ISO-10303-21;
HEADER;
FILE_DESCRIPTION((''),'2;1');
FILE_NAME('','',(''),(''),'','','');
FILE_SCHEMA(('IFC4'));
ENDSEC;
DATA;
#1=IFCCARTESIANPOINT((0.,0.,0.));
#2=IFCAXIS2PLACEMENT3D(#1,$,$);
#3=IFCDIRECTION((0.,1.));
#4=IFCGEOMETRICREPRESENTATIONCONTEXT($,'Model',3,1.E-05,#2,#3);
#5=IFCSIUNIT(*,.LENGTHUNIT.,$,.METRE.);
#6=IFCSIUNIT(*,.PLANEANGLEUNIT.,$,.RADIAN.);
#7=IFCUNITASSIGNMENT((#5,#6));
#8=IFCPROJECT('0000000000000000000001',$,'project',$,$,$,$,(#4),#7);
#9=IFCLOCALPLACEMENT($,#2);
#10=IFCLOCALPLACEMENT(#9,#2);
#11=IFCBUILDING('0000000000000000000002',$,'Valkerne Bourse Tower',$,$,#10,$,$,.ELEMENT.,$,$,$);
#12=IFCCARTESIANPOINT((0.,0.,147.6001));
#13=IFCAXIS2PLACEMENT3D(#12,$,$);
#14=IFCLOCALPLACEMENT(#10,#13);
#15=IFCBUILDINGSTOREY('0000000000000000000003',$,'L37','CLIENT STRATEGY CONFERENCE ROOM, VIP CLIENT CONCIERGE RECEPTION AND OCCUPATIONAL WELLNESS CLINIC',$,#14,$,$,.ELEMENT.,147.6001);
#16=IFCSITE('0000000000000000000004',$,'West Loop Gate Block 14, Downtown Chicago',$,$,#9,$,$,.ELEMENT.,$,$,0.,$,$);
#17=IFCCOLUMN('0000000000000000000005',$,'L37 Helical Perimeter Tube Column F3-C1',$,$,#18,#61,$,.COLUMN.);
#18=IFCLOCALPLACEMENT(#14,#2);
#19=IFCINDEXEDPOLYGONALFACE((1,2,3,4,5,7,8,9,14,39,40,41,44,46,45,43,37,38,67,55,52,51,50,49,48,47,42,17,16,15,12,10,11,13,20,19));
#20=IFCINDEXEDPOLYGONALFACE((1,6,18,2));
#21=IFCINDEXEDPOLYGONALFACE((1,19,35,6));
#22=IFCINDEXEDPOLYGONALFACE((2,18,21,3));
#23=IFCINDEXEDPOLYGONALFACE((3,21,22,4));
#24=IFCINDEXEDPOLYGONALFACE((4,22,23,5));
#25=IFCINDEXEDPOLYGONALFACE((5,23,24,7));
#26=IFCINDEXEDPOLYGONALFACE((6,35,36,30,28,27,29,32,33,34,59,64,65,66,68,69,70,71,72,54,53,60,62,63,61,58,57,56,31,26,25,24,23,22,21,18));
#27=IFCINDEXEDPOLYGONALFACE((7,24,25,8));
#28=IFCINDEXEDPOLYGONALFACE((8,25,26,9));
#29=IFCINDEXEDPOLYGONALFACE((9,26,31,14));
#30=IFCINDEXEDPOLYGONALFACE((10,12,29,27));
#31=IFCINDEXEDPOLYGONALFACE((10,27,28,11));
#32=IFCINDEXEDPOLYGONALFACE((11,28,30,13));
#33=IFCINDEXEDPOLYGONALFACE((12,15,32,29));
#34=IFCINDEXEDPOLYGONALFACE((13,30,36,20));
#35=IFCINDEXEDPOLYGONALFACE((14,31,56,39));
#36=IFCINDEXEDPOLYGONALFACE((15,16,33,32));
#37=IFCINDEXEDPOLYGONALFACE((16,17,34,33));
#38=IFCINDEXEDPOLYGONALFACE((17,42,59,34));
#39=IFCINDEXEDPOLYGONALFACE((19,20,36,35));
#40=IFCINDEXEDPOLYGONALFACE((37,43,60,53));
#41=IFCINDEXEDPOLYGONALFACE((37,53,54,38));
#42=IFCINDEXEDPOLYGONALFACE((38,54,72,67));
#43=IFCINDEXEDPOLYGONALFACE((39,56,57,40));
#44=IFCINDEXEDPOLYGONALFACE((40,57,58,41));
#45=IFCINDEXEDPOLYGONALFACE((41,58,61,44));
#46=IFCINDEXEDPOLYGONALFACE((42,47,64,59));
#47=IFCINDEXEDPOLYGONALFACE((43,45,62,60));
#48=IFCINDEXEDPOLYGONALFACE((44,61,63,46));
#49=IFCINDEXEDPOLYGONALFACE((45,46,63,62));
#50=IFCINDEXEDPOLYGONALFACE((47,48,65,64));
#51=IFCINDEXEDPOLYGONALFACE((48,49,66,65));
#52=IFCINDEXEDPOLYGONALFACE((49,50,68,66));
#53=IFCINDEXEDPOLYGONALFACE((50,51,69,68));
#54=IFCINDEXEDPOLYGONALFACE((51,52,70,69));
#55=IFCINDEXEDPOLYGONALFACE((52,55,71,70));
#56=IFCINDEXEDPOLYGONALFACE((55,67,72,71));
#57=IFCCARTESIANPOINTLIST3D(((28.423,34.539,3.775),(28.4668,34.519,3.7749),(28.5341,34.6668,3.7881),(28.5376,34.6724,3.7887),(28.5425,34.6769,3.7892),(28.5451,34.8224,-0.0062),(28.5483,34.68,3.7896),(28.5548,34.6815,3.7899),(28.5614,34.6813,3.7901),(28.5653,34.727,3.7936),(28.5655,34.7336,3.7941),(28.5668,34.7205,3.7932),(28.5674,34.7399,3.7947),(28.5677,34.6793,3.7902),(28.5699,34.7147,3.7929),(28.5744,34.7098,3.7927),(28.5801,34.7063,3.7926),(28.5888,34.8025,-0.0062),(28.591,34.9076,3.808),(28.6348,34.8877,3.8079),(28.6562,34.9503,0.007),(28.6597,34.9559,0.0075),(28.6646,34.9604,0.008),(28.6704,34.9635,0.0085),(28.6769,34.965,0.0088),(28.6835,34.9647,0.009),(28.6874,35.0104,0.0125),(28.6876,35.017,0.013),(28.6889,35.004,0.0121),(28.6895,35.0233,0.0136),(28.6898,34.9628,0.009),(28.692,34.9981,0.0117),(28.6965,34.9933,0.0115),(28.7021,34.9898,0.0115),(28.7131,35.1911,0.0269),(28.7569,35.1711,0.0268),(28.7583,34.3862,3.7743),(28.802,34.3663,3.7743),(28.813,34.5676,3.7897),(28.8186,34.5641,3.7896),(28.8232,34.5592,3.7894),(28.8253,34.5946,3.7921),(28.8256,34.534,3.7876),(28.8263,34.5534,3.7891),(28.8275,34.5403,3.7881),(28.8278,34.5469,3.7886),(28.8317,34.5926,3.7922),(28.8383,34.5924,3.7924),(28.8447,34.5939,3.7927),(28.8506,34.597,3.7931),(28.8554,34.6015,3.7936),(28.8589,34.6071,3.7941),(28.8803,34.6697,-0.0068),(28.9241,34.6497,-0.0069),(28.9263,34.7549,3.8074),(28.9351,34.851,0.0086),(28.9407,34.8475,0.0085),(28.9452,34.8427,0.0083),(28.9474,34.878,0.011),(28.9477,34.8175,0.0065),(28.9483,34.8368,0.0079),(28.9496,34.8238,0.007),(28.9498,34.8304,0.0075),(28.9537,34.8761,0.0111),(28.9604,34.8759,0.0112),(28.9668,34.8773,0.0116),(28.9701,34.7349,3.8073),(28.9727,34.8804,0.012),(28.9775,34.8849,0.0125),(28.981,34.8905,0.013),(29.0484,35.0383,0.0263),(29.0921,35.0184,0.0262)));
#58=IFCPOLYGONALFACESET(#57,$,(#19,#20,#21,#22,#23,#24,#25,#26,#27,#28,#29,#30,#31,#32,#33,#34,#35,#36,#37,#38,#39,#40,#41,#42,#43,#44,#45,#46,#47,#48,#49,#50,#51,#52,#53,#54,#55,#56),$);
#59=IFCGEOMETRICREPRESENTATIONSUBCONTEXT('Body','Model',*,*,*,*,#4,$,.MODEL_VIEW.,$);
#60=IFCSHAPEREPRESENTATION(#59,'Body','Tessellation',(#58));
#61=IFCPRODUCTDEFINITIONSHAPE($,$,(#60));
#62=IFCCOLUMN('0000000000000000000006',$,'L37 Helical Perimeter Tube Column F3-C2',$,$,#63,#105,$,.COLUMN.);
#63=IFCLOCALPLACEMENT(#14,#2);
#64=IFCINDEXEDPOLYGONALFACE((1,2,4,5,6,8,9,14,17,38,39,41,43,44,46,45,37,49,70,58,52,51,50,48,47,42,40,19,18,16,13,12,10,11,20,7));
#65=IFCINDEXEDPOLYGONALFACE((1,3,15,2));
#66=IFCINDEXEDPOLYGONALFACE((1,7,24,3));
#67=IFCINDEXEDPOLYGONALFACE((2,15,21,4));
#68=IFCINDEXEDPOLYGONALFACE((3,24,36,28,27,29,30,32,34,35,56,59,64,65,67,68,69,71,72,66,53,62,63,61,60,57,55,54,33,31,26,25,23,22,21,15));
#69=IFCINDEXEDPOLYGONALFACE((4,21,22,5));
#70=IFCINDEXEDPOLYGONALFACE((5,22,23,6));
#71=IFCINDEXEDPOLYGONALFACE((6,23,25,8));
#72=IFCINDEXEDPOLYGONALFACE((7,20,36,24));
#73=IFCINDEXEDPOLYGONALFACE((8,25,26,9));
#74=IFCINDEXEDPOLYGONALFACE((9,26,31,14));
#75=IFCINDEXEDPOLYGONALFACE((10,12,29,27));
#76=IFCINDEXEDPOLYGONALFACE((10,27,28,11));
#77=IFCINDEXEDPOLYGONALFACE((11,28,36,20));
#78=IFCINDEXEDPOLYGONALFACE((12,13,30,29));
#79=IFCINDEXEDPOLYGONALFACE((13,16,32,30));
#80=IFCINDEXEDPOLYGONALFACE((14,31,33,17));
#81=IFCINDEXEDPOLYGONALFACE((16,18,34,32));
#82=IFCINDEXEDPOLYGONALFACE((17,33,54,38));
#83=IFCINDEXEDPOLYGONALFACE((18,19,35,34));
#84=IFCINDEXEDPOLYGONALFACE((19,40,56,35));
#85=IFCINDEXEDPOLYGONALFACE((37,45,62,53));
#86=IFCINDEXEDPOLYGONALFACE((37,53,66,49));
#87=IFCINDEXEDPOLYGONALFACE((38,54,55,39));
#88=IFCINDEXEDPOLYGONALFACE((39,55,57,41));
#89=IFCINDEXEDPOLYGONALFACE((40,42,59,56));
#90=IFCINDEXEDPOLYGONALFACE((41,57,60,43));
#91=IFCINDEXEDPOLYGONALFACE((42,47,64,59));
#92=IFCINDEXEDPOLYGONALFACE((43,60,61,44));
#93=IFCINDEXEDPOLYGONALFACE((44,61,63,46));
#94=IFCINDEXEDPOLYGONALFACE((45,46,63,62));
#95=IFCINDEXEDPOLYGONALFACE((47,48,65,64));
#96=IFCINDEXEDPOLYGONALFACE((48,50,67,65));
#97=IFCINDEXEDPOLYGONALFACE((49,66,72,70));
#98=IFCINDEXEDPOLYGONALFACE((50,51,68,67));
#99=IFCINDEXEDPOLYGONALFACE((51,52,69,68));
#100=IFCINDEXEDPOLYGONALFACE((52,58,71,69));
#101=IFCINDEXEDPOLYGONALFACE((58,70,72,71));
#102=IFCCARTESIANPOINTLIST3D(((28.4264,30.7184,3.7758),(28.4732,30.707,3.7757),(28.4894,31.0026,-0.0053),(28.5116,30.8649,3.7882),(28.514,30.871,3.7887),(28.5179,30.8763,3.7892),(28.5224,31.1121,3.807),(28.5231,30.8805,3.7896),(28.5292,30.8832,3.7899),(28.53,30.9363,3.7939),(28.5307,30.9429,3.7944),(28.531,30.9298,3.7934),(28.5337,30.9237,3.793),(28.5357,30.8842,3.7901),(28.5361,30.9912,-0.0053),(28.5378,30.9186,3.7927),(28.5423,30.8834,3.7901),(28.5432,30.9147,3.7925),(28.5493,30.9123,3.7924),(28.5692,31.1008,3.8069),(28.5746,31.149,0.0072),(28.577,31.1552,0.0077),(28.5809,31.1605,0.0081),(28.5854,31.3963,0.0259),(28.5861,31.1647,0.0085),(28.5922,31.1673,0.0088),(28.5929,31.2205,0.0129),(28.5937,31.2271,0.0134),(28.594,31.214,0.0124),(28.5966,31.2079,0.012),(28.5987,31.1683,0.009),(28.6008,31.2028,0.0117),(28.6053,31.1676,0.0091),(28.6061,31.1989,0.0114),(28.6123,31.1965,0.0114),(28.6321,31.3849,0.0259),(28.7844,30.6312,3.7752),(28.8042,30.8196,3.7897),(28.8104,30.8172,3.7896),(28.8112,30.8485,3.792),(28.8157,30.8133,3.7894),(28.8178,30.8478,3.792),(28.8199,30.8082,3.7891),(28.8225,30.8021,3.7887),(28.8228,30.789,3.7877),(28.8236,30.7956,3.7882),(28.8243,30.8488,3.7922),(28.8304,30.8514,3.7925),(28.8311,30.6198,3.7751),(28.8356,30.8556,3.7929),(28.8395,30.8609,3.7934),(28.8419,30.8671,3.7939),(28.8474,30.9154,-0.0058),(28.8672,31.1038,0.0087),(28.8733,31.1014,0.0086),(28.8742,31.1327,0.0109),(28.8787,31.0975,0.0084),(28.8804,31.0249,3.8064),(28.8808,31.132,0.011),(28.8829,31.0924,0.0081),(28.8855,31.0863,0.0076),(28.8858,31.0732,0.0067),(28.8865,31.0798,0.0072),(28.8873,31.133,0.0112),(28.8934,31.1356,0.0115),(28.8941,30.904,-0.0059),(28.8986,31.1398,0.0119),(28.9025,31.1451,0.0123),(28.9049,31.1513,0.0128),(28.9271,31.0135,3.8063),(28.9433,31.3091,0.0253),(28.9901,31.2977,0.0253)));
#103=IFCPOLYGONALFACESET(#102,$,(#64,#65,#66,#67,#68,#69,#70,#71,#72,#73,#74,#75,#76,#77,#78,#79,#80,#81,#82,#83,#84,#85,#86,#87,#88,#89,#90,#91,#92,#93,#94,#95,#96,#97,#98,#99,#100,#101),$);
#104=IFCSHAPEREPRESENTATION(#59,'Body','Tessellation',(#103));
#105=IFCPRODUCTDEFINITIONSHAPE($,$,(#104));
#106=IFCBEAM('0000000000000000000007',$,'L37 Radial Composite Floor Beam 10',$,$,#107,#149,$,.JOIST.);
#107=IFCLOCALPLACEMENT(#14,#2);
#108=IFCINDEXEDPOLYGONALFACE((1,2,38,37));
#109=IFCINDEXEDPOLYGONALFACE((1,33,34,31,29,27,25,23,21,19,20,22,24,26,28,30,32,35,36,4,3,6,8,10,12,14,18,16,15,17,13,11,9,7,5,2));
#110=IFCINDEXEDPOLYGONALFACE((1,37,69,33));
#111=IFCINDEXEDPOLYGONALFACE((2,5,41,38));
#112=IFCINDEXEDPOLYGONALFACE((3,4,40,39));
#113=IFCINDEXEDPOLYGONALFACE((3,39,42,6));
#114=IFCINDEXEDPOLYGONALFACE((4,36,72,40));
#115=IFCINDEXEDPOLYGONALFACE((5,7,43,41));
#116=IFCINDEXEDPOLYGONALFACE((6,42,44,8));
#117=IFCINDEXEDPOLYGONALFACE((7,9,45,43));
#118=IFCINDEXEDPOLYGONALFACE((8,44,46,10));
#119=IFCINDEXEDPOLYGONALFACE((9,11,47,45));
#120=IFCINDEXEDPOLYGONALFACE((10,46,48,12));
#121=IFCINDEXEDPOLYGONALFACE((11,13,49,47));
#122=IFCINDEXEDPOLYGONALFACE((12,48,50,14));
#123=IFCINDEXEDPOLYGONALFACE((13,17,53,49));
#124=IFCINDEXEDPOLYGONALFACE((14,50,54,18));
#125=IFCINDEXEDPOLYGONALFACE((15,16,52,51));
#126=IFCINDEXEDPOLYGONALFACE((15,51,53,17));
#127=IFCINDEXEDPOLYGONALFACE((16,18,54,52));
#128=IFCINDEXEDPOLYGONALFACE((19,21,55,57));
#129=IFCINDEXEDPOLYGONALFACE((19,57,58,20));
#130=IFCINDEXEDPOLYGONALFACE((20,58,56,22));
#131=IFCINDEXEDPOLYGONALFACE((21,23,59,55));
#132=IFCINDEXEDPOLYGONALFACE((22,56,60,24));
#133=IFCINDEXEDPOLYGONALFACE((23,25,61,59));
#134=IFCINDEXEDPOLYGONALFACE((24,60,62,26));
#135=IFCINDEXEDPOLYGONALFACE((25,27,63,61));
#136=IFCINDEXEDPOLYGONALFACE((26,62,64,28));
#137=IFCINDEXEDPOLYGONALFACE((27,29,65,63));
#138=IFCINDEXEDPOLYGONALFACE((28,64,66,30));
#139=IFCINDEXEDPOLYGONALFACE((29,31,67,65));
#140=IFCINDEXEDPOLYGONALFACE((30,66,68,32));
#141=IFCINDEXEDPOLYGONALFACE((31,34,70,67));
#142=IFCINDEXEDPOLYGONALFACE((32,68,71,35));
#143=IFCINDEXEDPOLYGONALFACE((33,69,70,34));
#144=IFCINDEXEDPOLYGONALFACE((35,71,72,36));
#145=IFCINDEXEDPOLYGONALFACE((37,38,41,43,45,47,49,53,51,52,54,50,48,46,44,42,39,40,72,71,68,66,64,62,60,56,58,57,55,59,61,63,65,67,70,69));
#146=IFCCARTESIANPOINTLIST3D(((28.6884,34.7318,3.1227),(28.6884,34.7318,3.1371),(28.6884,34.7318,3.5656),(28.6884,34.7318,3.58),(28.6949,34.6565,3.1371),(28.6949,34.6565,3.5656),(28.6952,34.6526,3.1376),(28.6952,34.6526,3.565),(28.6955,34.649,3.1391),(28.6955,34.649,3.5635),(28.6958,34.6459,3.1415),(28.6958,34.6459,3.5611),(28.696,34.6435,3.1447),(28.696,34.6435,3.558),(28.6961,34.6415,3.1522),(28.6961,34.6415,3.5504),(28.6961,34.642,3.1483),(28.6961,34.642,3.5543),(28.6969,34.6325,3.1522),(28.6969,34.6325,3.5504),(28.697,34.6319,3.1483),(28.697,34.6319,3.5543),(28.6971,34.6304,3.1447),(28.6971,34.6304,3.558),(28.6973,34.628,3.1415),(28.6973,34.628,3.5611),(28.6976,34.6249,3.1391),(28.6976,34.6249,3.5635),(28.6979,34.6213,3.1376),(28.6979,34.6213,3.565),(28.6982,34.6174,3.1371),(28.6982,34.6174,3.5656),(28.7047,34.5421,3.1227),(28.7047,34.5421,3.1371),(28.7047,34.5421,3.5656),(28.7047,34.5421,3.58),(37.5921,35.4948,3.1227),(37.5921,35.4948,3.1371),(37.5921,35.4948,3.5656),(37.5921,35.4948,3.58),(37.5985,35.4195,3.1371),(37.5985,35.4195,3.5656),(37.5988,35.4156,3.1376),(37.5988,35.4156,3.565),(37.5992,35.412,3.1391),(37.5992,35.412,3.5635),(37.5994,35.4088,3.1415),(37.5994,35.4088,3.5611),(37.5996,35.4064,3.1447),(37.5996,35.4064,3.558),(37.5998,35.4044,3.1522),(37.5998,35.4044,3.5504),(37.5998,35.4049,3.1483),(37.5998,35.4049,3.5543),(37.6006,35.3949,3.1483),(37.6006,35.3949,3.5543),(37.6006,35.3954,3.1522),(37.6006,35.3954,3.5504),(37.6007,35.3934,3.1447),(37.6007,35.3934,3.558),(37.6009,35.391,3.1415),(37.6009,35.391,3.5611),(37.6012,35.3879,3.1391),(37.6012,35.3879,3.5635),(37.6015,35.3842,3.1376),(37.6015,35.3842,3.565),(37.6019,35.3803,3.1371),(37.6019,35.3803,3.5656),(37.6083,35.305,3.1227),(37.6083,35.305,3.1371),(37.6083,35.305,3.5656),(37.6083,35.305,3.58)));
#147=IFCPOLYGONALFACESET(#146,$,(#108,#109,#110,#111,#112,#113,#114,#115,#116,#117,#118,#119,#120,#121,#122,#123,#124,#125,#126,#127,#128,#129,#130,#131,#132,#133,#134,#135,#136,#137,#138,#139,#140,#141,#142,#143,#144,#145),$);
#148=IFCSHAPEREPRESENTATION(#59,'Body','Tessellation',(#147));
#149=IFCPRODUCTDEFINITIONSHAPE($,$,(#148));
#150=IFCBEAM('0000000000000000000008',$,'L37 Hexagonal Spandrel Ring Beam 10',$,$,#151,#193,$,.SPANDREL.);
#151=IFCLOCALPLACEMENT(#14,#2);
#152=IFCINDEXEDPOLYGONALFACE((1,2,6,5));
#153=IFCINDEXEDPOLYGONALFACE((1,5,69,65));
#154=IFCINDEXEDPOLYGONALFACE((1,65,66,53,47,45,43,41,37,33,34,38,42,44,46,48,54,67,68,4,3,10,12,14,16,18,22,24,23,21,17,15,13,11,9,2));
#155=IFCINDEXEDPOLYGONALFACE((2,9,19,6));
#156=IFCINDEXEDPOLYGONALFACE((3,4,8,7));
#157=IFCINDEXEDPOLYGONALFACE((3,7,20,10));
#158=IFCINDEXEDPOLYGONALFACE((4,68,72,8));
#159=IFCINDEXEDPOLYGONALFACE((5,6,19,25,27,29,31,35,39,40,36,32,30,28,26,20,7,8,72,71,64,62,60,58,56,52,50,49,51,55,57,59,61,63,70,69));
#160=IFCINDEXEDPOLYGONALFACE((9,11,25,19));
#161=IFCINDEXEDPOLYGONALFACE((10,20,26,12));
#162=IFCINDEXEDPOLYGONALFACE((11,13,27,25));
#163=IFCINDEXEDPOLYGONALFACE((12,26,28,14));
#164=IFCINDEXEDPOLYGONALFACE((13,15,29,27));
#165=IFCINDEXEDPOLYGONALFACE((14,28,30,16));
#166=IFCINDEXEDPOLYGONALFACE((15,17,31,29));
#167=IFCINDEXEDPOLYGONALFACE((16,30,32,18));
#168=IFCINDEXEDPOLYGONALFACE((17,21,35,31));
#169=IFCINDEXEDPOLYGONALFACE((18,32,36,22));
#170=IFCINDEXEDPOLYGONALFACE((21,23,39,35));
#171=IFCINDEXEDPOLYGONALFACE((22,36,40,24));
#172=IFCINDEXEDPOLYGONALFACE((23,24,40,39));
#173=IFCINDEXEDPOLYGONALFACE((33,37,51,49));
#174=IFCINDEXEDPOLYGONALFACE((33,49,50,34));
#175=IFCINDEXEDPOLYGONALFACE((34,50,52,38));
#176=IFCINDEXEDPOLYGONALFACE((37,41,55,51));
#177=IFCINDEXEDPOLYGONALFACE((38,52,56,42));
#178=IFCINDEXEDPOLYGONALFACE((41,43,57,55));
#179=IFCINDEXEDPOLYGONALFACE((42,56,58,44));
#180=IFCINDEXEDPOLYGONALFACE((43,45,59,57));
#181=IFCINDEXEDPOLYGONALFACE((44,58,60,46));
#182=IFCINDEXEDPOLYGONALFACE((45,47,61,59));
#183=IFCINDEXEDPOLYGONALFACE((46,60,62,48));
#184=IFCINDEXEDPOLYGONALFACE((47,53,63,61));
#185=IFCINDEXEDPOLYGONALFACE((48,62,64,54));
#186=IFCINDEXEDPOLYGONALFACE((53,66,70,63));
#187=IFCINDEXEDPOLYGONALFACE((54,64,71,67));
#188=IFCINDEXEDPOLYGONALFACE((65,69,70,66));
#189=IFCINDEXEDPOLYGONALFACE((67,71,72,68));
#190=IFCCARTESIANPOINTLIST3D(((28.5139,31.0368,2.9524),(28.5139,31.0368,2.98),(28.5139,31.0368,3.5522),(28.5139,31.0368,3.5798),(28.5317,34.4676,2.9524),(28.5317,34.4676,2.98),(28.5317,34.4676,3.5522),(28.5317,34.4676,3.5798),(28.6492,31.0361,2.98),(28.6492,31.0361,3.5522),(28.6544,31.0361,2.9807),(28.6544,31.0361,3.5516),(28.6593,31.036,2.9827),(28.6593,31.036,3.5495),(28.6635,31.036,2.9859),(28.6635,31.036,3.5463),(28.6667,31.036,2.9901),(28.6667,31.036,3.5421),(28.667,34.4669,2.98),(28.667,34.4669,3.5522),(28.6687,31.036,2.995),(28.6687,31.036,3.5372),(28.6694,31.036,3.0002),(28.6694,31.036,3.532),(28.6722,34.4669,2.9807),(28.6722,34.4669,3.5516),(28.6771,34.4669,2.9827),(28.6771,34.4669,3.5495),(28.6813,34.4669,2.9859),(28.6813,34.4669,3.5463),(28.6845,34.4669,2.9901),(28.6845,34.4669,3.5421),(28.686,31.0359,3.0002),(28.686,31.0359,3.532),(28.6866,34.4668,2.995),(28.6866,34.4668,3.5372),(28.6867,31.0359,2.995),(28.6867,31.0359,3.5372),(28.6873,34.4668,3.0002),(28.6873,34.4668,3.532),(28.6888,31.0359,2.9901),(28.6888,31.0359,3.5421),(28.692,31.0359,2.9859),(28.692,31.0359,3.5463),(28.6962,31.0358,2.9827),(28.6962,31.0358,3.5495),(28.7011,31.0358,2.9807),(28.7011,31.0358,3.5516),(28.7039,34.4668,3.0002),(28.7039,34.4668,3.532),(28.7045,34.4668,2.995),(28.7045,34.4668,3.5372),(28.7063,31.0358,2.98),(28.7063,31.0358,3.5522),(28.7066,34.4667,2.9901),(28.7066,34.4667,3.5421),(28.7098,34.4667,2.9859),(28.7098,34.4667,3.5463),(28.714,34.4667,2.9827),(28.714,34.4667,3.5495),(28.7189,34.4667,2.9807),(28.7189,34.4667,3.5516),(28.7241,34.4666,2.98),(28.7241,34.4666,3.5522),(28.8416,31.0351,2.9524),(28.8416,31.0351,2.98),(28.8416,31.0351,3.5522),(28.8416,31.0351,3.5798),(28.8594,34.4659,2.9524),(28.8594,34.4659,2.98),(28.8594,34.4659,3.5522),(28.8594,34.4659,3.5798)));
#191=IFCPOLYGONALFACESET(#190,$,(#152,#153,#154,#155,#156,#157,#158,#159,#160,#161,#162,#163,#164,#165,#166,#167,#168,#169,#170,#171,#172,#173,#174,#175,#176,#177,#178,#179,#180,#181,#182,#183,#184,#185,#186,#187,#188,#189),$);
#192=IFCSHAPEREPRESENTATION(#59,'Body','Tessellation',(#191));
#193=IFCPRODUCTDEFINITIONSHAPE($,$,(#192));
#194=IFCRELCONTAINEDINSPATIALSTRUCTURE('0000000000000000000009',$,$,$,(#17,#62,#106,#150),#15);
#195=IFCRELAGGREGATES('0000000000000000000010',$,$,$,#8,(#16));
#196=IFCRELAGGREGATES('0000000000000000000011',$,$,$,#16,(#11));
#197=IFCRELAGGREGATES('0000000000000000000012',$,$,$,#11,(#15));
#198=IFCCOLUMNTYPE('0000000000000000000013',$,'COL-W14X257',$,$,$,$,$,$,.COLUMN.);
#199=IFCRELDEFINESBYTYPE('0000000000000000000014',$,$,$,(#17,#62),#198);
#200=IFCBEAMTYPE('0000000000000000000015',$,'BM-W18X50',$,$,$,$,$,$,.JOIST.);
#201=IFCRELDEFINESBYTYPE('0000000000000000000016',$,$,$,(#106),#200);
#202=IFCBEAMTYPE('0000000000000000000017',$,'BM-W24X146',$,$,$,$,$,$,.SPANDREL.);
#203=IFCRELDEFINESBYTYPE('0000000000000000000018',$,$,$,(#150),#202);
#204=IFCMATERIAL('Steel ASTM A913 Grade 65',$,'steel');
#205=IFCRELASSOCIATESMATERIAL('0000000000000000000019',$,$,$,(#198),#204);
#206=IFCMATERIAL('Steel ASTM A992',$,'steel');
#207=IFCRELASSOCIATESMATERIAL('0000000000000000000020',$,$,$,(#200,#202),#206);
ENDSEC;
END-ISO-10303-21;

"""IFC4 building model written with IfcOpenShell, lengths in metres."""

from ifc_helpers import new_model, si_unit, direction, frame, origin, origin_2d, place, context, subcontext, project, spatial, i_section, extrude, material, material_profile, profile_set, type_object, element, save


model = new_model("IFC4")

# Units and contexts
model_context = context("Model", 3, precision=1e-05, world=origin(), true_north=direction((0.0, 1.0)))
body_context = subcontext(model_context, "Body", "Model", "MODEL_VIEW")
ifc_project = project(units=[si_unit("LENGTHUNIT", "METRE"), si_unit("PLANEANGLEUNIT", "RADIAN")], contexts=[model_context])

# Site, building, storey
site_placement = place(None, origin())
site = spatial("IfcSite", under=ifc_project, at=site_placement, Name="West Loop Gate Block 14, Downtown Chicago", CompositionType="ELEMENT", RefElevation=0.0)
building_placement = place(site_placement, origin())
building = spatial("IfcBuilding", under=site, at=building_placement, Name="Valkerne Bourse Tower", CompositionType="ELEMENT")
storey_placement = place(building_placement, frame((0.0, 0.0, 147.6001)))
storey = spatial("IfcBuildingStorey", under=building, at=storey_placement, Name="L37", Description="CLIENT STRATEGY CONFERENCE ROOM, VIP CLIENT CONCIERGE RECEPTION AND OCCUPATIONAL WELLNESS CLINIC", CompositionType="ELEMENT", Elevation=147.6001)

# Columns
ifc_material_1 = material(Name="Steel ASTM A913 Grade 65", Category="steel")
ifc_material_profile_1 = material_profile(ifc_material_1, i_section(OverallWidth=0.4065, OverallDepth=0.4165, WebThickness=0.0298, FlangeThickness=0.0481, FilletRadius=0.0254, at=origin_2d()), Name="W14X257")
ifc_profile_set_1 = profile_set([ifc_material_profile_1], Name="Steel ASTM A913 Grade 65")
column_type = type_object("IfcColumnType", Name="COL-W14X257", PredefinedType="COLUMN", material=ifc_profile_set_1)
column_1_placement = place(storey_placement, frame((28.8186, 34.9204, 0.01), z_axis=(-0.032178, -0.074718, 0.996685), x_axis=(-0.413379, -0.906919, -0.081334)))
element("IfcColumn", 1, at=column_1_placement, inside=storey, type_object=column_type, Name="L37 Helical Perimeter Tube Column F3-C1", PredefinedType="COLUMN", context=body_context, shape_type="SweptSolid", body=[
    extrude(i_section(OverallWidth=0.4065, OverallDepth=0.4165, WebThickness=0.0298, FlangeThickness=0.0481, FilletRadius=0.0254, at=origin_2d()), origin(), (0.0, 0.0, 1.0), 3.7937),
])
column_2_placement = place(storey_placement, frame((28.7397, 31.1501, 0.01), z_axis=(-0.01661, -0.074938, 0.99705), x_axis=(-0.236158, -0.96868, -0.07674)))
element("IfcColumn", 2, at=column_2_placement, inside=storey, type_object=column_type, Name="L37 Helical Perimeter Tube Column F3-C2", PredefinedType="COLUMN", context=body_context, shape_type="SweptSolid", body=[
    extrude(i_section(OverallWidth=0.4065, OverallDepth=0.4165, WebThickness=0.0298, FlangeThickness=0.0481, FilletRadius=0.0254, at=origin_2d()), origin(), (0.0, 0.0, 1.0), 3.7922),
])

# Beams
ifc_material_2 = material(Name="Steel ASTM A992", Category="steel")
ifc_material_profile_2 = material_profile(ifc_material_2, i_section(OverallWidth=0.1904, OverallDepth=0.4573, WebThickness=0.009, FlangeThickness=0.0144, FilletRadius=0.0151, at=origin_2d()), Name="W18X50")
ifc_profile_set_2 = profile_set([ifc_material_profile_2], Name="Steel ASTM A992")
beam_type_1 = type_object("IfcBeamType", Name="BM-W18X50", PredefinedType="JOIST", material=ifc_profile_set_2)
beam_placement = place(storey_placement, frame((28.6965, 34.637, 3.3513), z_axis=(0.996349, 0.085376, 0.0), x_axis=(-0.085376, 0.996349, 0.0)))
element("IfcBeam", 3, at=beam_placement, inside=storey, type_object=beam_type_1, Name="L37 Radial Composite Floor Beam 10", PredefinedType="JOIST", context=body_context, shape_type="SweptSolid", body=[
    extrude(i_section(OverallWidth=0.1904, OverallDepth=0.4573, WebThickness=0.009, FlangeThickness=0.0144, FilletRadius=0.0151, at=origin_2d()), origin(), (0.0, 0.0, 1.0), 8.9363),
])
ifc_material_profile_3 = material_profile(ifc_material_2, i_section(OverallWidth=0.3276, OverallDepth=0.6274, WebThickness=0.0166, FlangeThickness=0.0276, FilletRadius=0.0203, at=origin_2d()), Name="W24X146")
ifc_profile_set_3 = profile_set([ifc_material_profile_3], Name="Steel ASTM A992")
beam_type_2 = type_object("IfcBeamType", Name="BM-W24X146", PredefinedType="SPANDREL", material=ifc_profile_set_3)
for number, where, z_axis, x_axis, name in (
    (4, (28.6956, 34.4668, 3.2661), (-0.005195, -0.999987, 0.0), (0.999987, -0.005195, 0.0), "L37 Hexagonal Spandrel Ring Beam 10"),
):
    element("IfcBeam", number, at=place(storey_placement, frame(where, z_axis=z_axis, x_axis=x_axis)), inside=storey, type_object=beam_type_2, Name=name, PredefinedType="SPANDREL", context=body_context, shape_type="SweptSolid", body=[
        extrude(i_section(OverallWidth=0.3276, OverallDepth=0.6274, WebThickness=0.0166, FlangeThickness=0.0276, FilletRadius=0.0203, at=origin_2d()), origin(), (0.0, 0.0, 1.0), 3.4309),
    ])

save(model, "model.ifc")
